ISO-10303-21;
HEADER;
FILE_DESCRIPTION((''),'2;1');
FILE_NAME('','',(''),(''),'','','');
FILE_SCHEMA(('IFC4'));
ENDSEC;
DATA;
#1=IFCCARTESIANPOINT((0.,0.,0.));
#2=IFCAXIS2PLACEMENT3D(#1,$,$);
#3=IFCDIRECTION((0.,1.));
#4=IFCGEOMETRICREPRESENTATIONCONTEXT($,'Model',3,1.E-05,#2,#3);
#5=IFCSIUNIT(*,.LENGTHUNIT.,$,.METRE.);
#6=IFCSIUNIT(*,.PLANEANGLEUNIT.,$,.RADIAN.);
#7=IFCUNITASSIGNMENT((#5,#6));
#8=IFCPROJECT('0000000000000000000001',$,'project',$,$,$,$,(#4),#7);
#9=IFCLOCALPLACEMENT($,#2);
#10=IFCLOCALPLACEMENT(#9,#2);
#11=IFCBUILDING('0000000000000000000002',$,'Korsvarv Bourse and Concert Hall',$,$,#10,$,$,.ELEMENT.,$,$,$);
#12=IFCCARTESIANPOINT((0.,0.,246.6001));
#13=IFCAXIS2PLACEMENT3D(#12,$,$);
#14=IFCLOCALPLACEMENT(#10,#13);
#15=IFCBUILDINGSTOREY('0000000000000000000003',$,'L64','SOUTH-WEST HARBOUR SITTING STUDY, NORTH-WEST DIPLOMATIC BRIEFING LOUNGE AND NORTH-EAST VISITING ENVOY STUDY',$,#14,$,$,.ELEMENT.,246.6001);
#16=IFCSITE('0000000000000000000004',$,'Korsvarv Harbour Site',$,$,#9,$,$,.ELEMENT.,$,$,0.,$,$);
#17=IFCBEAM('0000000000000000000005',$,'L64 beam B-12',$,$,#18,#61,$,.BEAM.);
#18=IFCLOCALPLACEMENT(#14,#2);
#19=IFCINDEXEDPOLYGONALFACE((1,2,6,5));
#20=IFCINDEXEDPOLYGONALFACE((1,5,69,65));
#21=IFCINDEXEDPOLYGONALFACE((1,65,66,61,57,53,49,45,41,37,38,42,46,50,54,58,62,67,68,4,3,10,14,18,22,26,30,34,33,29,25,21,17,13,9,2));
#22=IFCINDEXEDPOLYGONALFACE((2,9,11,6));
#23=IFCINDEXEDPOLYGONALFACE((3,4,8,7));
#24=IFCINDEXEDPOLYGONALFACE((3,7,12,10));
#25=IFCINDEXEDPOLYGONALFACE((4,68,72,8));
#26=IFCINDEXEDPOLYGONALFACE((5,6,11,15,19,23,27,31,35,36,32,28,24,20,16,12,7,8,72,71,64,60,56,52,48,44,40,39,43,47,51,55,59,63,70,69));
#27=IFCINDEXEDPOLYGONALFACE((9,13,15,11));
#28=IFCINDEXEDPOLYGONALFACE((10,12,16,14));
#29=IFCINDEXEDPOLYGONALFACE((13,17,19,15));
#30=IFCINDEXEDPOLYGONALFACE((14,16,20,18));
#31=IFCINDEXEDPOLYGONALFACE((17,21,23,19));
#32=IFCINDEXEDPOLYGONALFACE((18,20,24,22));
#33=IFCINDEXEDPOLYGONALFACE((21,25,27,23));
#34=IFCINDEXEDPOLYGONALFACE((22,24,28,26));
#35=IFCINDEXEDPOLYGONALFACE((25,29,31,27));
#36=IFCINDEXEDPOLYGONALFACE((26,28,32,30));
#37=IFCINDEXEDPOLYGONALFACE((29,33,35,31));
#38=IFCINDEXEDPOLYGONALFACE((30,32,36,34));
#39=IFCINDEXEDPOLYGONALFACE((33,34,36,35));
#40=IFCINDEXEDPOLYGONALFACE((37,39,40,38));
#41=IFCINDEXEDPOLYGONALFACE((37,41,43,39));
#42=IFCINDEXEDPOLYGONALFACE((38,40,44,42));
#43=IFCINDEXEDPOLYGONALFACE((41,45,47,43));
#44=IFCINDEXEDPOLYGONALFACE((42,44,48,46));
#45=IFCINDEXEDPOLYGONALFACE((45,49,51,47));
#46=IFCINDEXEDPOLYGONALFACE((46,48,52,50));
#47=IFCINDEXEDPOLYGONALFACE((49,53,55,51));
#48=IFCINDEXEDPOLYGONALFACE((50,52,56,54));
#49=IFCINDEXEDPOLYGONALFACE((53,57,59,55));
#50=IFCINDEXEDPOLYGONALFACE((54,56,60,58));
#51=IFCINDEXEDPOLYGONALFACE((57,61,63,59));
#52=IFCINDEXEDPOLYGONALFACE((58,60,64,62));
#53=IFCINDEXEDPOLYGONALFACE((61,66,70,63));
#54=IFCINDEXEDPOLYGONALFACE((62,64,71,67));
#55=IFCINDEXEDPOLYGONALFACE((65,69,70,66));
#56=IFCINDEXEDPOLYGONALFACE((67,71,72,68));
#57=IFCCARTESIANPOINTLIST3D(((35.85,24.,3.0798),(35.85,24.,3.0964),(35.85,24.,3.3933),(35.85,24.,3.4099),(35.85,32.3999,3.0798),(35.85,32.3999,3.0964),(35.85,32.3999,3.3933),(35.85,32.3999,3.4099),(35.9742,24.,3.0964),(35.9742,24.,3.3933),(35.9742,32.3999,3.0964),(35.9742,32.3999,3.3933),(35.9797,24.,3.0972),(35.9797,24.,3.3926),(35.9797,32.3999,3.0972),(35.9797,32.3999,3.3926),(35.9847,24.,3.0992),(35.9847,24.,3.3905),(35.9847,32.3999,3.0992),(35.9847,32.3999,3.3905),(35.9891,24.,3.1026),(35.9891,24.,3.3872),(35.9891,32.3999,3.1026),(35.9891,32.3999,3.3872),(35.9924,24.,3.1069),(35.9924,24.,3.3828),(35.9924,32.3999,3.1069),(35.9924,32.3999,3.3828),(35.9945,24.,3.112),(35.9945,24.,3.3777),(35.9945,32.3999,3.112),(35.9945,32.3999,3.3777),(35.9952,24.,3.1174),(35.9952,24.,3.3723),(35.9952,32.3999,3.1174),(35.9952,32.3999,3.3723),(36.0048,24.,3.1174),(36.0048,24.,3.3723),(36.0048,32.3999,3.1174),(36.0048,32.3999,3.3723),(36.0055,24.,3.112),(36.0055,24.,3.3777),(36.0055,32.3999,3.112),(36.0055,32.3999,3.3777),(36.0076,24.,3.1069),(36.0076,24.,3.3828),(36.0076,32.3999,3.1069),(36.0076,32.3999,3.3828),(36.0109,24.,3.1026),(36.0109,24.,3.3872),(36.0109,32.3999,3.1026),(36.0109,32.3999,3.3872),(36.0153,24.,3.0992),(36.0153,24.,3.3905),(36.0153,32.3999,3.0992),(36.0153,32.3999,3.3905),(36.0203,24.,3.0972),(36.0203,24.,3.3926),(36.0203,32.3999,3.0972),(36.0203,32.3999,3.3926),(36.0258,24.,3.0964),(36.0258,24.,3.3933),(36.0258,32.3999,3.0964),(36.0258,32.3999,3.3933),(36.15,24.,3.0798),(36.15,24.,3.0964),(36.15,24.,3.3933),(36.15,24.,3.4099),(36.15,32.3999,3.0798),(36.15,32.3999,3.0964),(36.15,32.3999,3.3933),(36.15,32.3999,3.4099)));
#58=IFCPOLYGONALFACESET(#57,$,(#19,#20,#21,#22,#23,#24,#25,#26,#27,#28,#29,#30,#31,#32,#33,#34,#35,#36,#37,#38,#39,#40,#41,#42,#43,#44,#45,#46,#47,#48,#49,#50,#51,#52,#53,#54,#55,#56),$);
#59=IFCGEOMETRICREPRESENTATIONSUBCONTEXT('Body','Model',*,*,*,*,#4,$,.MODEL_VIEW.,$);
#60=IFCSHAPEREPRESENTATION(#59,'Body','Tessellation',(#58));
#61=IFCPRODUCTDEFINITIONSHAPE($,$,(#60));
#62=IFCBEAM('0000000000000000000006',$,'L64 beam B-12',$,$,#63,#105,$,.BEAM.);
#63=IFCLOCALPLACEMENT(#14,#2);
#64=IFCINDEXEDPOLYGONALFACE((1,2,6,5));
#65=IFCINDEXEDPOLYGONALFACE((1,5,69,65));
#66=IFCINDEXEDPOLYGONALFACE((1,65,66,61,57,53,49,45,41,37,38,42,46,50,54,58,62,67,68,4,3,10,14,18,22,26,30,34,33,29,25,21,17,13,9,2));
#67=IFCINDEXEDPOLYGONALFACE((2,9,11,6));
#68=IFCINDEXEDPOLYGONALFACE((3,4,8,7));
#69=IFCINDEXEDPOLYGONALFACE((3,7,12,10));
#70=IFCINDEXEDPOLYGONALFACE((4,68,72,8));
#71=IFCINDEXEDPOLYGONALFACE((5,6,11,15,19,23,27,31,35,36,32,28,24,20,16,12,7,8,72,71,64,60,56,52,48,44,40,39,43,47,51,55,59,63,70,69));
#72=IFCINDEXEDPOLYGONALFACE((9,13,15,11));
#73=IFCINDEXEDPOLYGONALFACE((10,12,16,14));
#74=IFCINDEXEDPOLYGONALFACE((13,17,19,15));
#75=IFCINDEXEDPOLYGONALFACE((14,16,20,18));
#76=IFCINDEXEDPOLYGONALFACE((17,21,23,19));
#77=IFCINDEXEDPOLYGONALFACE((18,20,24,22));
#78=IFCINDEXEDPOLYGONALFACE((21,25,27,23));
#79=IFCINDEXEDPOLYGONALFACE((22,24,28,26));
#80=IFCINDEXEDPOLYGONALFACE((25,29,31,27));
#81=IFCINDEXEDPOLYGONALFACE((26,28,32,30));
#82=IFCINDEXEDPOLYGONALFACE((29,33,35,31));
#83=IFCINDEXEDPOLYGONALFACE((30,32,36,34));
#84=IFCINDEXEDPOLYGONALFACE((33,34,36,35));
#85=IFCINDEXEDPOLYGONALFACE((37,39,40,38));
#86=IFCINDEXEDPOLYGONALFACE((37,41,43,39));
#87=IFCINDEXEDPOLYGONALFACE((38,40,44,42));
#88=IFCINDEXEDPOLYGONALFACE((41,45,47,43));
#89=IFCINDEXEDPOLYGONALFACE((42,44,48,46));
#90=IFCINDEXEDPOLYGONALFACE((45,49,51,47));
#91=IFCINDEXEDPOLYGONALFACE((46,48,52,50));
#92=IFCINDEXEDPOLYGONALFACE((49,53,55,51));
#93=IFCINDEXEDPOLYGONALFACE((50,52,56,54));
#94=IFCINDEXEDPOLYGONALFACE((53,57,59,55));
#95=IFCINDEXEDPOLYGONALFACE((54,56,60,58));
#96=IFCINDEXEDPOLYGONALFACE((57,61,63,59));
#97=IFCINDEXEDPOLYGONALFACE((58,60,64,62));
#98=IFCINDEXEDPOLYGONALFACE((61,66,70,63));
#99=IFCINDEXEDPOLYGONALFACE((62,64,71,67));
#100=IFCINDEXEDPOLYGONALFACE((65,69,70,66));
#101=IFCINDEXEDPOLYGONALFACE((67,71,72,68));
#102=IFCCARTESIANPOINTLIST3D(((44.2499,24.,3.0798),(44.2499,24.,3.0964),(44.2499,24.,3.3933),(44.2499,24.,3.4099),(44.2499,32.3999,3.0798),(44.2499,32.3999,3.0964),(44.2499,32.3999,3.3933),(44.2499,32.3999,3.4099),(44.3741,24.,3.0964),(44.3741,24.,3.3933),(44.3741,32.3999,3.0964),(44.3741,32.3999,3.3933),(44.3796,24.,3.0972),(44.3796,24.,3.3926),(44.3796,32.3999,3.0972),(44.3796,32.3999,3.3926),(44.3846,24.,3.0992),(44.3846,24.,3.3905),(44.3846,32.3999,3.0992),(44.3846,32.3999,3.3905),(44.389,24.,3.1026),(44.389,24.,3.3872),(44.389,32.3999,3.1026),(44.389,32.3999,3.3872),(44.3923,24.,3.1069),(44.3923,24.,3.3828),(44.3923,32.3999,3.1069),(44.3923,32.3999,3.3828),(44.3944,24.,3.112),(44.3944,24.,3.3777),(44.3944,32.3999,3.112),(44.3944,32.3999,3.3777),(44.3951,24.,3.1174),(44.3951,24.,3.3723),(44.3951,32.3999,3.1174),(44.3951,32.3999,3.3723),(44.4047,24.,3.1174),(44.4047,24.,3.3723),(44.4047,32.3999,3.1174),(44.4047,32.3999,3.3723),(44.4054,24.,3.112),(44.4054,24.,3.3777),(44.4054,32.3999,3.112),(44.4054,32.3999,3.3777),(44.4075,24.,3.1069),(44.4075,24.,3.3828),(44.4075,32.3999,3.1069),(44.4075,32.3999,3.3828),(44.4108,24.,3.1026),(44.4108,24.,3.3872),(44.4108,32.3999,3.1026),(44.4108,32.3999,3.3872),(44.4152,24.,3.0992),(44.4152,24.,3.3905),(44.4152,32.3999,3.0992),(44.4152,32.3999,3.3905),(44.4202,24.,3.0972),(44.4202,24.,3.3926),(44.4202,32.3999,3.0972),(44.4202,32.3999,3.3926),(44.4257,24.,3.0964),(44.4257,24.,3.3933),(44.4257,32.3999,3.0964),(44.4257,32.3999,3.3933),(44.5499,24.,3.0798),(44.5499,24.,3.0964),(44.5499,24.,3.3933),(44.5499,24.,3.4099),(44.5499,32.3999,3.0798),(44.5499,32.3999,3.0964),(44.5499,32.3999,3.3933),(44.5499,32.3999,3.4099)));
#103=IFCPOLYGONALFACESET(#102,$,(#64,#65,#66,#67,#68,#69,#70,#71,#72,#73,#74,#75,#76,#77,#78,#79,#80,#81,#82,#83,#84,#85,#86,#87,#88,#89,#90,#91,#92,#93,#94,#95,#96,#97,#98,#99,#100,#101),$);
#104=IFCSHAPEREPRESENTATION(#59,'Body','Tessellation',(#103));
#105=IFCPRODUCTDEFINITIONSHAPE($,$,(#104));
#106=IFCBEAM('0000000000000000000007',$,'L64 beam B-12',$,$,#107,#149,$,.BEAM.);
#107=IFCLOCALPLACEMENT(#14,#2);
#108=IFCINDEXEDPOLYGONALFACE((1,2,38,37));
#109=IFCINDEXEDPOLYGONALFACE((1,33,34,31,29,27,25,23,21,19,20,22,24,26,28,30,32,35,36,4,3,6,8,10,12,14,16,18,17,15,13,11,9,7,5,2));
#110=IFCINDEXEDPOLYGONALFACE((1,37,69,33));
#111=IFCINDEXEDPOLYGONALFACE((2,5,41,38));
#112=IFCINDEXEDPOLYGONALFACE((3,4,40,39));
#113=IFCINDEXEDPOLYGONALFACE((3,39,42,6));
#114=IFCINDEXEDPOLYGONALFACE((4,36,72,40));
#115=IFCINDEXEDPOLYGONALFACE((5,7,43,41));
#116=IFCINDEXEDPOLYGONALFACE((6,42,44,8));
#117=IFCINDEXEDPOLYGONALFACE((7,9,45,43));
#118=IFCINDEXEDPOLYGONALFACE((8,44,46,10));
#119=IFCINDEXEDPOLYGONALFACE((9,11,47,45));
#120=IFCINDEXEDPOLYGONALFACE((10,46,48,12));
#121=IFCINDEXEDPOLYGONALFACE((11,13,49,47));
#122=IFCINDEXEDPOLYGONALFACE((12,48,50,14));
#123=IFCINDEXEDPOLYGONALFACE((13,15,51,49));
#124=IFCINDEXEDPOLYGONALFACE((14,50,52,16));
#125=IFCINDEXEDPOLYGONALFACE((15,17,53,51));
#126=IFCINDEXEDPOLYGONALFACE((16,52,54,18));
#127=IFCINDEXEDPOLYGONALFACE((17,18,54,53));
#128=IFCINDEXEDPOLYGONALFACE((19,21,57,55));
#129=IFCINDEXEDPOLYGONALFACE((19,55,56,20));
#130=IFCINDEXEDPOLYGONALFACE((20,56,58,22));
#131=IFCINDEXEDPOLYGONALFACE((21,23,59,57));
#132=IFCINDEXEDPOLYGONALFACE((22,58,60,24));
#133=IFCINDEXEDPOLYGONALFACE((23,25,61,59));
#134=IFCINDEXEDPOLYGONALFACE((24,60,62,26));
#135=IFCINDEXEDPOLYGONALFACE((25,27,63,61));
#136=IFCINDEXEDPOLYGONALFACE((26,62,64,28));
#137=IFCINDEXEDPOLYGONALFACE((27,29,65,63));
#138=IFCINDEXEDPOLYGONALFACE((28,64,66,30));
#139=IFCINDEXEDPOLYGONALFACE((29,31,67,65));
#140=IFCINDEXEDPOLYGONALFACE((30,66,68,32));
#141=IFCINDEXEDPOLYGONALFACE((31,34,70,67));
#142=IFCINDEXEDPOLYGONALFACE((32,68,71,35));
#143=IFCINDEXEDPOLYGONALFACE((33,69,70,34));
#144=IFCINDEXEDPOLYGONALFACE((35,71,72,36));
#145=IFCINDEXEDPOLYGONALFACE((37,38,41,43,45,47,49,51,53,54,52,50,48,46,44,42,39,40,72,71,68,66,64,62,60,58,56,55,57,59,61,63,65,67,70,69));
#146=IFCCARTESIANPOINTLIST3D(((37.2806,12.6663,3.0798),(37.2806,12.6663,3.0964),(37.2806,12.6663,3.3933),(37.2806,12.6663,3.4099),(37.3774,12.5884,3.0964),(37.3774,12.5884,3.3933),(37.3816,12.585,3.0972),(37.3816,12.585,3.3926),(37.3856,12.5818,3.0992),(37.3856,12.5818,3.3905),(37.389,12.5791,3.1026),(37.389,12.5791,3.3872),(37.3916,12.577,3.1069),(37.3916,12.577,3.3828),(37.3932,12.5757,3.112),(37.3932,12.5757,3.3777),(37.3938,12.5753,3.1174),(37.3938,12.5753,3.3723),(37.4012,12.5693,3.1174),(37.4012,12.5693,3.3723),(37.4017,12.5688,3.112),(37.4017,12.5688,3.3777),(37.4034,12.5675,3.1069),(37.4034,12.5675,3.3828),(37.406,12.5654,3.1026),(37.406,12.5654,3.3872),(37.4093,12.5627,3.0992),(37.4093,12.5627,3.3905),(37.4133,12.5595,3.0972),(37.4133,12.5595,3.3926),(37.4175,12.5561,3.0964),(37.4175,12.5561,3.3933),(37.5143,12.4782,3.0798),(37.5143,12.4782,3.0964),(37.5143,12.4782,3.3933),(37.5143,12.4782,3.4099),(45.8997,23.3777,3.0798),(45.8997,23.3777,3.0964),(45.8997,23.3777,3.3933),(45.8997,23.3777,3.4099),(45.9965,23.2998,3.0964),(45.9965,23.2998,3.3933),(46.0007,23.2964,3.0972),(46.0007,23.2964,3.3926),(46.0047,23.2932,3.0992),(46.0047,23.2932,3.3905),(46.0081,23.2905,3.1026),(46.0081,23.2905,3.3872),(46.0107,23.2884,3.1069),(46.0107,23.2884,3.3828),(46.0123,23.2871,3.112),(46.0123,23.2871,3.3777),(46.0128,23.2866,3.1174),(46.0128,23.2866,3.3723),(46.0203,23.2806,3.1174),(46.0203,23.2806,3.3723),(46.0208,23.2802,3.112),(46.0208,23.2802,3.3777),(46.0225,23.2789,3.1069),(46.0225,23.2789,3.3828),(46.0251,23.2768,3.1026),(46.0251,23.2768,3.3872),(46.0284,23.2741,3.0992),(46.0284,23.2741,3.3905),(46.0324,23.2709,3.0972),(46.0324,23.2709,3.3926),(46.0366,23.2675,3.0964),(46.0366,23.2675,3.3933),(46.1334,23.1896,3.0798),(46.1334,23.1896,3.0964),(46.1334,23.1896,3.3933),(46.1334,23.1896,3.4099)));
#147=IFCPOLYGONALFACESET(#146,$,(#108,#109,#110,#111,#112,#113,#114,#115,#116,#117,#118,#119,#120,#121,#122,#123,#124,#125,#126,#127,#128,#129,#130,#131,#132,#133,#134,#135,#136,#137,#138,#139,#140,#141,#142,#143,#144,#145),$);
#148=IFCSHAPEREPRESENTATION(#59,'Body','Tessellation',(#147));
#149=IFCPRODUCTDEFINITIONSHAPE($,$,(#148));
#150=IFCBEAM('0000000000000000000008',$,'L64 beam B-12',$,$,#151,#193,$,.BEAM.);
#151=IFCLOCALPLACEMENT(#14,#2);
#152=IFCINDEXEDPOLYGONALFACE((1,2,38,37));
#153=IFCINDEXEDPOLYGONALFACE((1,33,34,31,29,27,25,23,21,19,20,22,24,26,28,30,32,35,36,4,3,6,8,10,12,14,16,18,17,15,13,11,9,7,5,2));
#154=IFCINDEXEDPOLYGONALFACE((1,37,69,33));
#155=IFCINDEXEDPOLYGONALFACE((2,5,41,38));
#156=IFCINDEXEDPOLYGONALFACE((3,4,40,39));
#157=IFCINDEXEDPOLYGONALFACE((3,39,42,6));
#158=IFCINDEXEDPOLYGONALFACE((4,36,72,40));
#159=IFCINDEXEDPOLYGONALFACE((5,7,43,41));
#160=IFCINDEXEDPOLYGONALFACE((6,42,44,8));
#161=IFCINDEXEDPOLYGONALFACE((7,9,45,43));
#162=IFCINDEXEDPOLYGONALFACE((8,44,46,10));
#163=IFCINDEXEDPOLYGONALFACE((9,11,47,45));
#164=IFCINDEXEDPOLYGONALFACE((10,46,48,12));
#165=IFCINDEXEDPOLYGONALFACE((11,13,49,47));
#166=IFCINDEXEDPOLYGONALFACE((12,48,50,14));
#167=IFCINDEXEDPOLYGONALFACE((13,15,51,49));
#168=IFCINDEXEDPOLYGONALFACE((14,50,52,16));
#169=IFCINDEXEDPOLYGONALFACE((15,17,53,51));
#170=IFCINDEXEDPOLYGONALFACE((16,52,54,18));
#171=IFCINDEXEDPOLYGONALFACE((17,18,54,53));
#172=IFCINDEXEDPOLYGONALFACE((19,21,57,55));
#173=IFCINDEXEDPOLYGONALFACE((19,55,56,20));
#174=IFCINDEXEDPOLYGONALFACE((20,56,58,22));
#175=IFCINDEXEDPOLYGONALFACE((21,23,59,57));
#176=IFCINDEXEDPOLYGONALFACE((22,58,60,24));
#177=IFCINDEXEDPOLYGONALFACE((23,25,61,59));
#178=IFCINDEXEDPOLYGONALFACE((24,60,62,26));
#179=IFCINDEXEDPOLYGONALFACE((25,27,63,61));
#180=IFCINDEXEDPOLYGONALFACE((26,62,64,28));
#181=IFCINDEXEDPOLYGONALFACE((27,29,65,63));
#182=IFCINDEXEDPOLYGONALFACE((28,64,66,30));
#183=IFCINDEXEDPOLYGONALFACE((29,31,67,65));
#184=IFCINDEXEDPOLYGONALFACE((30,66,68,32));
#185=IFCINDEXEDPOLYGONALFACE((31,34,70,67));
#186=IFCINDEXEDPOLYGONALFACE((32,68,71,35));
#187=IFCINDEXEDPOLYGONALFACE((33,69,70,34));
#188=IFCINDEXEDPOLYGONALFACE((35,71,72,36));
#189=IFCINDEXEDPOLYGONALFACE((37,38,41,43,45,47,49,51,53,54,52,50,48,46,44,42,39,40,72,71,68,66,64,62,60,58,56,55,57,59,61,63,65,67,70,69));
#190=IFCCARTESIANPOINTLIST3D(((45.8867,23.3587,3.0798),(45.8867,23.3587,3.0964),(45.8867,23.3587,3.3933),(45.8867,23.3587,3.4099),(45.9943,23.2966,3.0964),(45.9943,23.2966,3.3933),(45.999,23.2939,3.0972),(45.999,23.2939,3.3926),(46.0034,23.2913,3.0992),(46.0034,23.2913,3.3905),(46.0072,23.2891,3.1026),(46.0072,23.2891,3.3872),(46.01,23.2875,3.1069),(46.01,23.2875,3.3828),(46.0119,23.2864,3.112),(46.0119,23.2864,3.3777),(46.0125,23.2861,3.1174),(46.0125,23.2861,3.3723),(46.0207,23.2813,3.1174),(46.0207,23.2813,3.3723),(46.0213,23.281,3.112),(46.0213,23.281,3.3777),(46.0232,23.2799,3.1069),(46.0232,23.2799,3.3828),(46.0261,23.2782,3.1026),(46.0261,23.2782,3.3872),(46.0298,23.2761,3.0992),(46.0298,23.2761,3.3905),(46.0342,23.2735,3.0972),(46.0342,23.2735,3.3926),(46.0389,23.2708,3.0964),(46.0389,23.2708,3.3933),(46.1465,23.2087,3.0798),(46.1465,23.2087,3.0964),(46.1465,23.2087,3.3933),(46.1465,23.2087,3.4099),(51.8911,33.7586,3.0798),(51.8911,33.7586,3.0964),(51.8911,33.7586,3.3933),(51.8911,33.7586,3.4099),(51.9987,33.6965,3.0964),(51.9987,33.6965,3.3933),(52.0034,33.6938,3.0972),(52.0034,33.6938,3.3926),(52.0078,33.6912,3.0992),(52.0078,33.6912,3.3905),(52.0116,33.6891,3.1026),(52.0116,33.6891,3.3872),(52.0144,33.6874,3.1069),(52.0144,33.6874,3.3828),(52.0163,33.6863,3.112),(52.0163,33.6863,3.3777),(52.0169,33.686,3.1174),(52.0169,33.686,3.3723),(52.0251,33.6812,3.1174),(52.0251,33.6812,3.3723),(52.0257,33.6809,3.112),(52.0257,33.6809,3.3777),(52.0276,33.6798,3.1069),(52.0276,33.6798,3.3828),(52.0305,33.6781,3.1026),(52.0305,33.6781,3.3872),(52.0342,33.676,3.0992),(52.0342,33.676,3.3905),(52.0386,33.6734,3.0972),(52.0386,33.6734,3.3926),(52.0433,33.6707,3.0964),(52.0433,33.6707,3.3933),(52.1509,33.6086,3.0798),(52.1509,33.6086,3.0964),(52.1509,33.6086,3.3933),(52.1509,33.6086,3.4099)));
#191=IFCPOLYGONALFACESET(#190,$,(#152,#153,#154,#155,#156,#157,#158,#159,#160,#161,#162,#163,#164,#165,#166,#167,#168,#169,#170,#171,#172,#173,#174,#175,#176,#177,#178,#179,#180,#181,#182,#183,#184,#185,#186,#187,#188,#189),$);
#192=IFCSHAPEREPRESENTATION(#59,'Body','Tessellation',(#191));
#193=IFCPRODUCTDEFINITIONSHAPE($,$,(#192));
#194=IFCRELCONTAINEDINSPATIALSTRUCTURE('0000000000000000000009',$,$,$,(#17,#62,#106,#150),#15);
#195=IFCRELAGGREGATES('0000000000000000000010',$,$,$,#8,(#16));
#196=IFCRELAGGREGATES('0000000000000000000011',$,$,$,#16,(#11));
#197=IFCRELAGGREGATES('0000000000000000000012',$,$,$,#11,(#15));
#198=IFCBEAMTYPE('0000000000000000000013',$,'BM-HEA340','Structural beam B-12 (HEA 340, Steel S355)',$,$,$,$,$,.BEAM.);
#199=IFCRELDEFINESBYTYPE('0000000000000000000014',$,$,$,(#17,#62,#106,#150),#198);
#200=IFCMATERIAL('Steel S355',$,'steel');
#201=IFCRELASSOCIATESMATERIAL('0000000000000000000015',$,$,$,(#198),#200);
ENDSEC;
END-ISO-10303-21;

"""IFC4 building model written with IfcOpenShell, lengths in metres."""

from ifc_helpers import new_model, si_unit, direction, frame, origin, origin_2d, place, context, subcontext, project, spatial, i_section, extrude, source, transform, mapped, material, material_profile, profile_set, type_object, element, save


model = new_model("IFC4")

# Units and contexts
model_context = context("Model", 3, precision=1e-05, world=origin(), true_north=direction((0.0, 1.0)))
body_context = subcontext(model_context, "Body", "Model", "MODEL_VIEW")
ifc_project = project(units=[si_unit("LENGTHUNIT", "METRE"), si_unit("PLANEANGLEUNIT", "RADIAN")], contexts=[model_context])

# Site, building, storey
site_placement = place(None, origin())
site = spatial("IfcSite", under=ifc_project, at=site_placement, Name="Korsvarv Harbour Site", CompositionType="ELEMENT", RefElevation=0.0)
building_placement = place(site_placement, origin())
building = spatial("IfcBuilding", under=site, at=building_placement, Name="Korsvarv Bourse and Concert Hall", CompositionType="ELEMENT")
storey_placement = place(building_placement, frame((0.0, 0.0, 246.6001)))
storey = spatial("IfcBuildingStorey", under=building, at=storey_placement, Name="L64", Description="SOUTH-WEST HARBOUR SITTING STUDY, NORTH-WEST DIPLOMATIC BRIEFING LOUNGE AND NORTH-EAST VISITING ENVOY STUDY", CompositionType="ELEMENT", Elevation=246.6001)

# Shared definitions
ifc_material_1 = material(Name="Steel S355", Category="steel")

# Beams
ifc_material_profile_1 = material_profile(ifc_material_1, i_section(OverallWidth=0.3, OverallDepth=0.3301, WebThickness=0.0095, FlangeThickness=0.0166, FilletRadius=0.021, at=origin_2d()), Name="HEA 340")
ifc_profile_set_1 = profile_set([ifc_material_profile_1], Name="Steel S355")
beam_type_1 = type_object("IfcBeamType", Name="BM-HEA340", Description="Structural beam B-12 (HEA 340, Steel S355)", PredefinedType="BEAM", material=ifc_profile_set_1)
shared_shape_1 = source(origin(), body_context, "Body", "SweptSolid", [
    extrude(i_section(OverallWidth=0.3, OverallDepth=0.3301, WebThickness=0.0095, FlangeThickness=0.0166, FilletRadius=0.021, at=origin_2d()), origin(), (0.0, 0.0, 1.0), 8.3999),
])
for number, where, z_axis, x_axis, name in (
    (1, (36.0, 24.0, 3.2449), (0.0, 1.0, 0.0), (-1.0, 0.0, 0.0), "L64 beam B-12"),
    (2, (44.3999, 24.0, 3.2449), (0.0, 1.0, 0.0), (-1.0, 0.0, 0.0), "L64 beam B-12"),
):
    element("IfcBeam", number, at=place(storey_placement, frame(where, z_axis=z_axis, x_axis=x_axis)), inside=storey, type_object=beam_type_1, Name=name, PredefinedType="BEAM", context=body_context, shape_type="MappedRepresentation", body=[
        mapped(shared_shape_1, transform((0.0, 0.0, 0.0), scale=1.0)),
    ])
shared_shape_2 = source(origin(), body_context, "Body", "SweptSolid", [
    extrude(i_section(OverallWidth=0.3, OverallDepth=0.3301, WebThickness=0.0095, FlangeThickness=0.0166, FilletRadius=0.021, at=origin_2d()), origin(), (0.0, 0.0, 1.0), 13.7485),
])
beam_1_placement = place(storey_placement, frame((37.3975, 12.5723, 3.2449), z_axis=(0.62691, 0.779092, 0.0), x_axis=(-0.779092, 0.62691, 0.0)))
element("IfcBeam", 3, at=beam_1_placement, inside=storey, type_object=beam_type_1, Name="L64 beam B-12", PredefinedType="BEAM", context=body_context, shape_type="MappedRepresentation", body=[
    mapped(shared_shape_2, transform((0.0, 0.0, 0.0), scale=1.0)),
])
shared_shape_3 = source(origin(), body_context, "Body", "SweptSolid", [
    extrude(i_section(OverallWidth=0.3, OverallDepth=0.3301, WebThickness=0.0095, FlangeThickness=0.0166, FilletRadius=0.021, at=origin_2d()), origin(), (0.0, 0.0, 1.0), 12.0088),
])
beam_2_placement = place(storey_placement, frame((46.0166, 23.2837, 3.2449), z_axis=(0.500001, 0.866025, 0.0), x_axis=(-0.866025, 0.500001, 0.0)))
element("IfcBeam", 4, at=beam_2_placement, inside=storey, type_object=beam_type_1, Name="L64 beam B-12", PredefinedType="BEAM", context=body_context, shape_type="MappedRepresentation", body=[
    mapped(shared_shape_3, transform((0.0, 0.0, 0.0), scale=1.0)),
])

save(model, "model.ifc")
